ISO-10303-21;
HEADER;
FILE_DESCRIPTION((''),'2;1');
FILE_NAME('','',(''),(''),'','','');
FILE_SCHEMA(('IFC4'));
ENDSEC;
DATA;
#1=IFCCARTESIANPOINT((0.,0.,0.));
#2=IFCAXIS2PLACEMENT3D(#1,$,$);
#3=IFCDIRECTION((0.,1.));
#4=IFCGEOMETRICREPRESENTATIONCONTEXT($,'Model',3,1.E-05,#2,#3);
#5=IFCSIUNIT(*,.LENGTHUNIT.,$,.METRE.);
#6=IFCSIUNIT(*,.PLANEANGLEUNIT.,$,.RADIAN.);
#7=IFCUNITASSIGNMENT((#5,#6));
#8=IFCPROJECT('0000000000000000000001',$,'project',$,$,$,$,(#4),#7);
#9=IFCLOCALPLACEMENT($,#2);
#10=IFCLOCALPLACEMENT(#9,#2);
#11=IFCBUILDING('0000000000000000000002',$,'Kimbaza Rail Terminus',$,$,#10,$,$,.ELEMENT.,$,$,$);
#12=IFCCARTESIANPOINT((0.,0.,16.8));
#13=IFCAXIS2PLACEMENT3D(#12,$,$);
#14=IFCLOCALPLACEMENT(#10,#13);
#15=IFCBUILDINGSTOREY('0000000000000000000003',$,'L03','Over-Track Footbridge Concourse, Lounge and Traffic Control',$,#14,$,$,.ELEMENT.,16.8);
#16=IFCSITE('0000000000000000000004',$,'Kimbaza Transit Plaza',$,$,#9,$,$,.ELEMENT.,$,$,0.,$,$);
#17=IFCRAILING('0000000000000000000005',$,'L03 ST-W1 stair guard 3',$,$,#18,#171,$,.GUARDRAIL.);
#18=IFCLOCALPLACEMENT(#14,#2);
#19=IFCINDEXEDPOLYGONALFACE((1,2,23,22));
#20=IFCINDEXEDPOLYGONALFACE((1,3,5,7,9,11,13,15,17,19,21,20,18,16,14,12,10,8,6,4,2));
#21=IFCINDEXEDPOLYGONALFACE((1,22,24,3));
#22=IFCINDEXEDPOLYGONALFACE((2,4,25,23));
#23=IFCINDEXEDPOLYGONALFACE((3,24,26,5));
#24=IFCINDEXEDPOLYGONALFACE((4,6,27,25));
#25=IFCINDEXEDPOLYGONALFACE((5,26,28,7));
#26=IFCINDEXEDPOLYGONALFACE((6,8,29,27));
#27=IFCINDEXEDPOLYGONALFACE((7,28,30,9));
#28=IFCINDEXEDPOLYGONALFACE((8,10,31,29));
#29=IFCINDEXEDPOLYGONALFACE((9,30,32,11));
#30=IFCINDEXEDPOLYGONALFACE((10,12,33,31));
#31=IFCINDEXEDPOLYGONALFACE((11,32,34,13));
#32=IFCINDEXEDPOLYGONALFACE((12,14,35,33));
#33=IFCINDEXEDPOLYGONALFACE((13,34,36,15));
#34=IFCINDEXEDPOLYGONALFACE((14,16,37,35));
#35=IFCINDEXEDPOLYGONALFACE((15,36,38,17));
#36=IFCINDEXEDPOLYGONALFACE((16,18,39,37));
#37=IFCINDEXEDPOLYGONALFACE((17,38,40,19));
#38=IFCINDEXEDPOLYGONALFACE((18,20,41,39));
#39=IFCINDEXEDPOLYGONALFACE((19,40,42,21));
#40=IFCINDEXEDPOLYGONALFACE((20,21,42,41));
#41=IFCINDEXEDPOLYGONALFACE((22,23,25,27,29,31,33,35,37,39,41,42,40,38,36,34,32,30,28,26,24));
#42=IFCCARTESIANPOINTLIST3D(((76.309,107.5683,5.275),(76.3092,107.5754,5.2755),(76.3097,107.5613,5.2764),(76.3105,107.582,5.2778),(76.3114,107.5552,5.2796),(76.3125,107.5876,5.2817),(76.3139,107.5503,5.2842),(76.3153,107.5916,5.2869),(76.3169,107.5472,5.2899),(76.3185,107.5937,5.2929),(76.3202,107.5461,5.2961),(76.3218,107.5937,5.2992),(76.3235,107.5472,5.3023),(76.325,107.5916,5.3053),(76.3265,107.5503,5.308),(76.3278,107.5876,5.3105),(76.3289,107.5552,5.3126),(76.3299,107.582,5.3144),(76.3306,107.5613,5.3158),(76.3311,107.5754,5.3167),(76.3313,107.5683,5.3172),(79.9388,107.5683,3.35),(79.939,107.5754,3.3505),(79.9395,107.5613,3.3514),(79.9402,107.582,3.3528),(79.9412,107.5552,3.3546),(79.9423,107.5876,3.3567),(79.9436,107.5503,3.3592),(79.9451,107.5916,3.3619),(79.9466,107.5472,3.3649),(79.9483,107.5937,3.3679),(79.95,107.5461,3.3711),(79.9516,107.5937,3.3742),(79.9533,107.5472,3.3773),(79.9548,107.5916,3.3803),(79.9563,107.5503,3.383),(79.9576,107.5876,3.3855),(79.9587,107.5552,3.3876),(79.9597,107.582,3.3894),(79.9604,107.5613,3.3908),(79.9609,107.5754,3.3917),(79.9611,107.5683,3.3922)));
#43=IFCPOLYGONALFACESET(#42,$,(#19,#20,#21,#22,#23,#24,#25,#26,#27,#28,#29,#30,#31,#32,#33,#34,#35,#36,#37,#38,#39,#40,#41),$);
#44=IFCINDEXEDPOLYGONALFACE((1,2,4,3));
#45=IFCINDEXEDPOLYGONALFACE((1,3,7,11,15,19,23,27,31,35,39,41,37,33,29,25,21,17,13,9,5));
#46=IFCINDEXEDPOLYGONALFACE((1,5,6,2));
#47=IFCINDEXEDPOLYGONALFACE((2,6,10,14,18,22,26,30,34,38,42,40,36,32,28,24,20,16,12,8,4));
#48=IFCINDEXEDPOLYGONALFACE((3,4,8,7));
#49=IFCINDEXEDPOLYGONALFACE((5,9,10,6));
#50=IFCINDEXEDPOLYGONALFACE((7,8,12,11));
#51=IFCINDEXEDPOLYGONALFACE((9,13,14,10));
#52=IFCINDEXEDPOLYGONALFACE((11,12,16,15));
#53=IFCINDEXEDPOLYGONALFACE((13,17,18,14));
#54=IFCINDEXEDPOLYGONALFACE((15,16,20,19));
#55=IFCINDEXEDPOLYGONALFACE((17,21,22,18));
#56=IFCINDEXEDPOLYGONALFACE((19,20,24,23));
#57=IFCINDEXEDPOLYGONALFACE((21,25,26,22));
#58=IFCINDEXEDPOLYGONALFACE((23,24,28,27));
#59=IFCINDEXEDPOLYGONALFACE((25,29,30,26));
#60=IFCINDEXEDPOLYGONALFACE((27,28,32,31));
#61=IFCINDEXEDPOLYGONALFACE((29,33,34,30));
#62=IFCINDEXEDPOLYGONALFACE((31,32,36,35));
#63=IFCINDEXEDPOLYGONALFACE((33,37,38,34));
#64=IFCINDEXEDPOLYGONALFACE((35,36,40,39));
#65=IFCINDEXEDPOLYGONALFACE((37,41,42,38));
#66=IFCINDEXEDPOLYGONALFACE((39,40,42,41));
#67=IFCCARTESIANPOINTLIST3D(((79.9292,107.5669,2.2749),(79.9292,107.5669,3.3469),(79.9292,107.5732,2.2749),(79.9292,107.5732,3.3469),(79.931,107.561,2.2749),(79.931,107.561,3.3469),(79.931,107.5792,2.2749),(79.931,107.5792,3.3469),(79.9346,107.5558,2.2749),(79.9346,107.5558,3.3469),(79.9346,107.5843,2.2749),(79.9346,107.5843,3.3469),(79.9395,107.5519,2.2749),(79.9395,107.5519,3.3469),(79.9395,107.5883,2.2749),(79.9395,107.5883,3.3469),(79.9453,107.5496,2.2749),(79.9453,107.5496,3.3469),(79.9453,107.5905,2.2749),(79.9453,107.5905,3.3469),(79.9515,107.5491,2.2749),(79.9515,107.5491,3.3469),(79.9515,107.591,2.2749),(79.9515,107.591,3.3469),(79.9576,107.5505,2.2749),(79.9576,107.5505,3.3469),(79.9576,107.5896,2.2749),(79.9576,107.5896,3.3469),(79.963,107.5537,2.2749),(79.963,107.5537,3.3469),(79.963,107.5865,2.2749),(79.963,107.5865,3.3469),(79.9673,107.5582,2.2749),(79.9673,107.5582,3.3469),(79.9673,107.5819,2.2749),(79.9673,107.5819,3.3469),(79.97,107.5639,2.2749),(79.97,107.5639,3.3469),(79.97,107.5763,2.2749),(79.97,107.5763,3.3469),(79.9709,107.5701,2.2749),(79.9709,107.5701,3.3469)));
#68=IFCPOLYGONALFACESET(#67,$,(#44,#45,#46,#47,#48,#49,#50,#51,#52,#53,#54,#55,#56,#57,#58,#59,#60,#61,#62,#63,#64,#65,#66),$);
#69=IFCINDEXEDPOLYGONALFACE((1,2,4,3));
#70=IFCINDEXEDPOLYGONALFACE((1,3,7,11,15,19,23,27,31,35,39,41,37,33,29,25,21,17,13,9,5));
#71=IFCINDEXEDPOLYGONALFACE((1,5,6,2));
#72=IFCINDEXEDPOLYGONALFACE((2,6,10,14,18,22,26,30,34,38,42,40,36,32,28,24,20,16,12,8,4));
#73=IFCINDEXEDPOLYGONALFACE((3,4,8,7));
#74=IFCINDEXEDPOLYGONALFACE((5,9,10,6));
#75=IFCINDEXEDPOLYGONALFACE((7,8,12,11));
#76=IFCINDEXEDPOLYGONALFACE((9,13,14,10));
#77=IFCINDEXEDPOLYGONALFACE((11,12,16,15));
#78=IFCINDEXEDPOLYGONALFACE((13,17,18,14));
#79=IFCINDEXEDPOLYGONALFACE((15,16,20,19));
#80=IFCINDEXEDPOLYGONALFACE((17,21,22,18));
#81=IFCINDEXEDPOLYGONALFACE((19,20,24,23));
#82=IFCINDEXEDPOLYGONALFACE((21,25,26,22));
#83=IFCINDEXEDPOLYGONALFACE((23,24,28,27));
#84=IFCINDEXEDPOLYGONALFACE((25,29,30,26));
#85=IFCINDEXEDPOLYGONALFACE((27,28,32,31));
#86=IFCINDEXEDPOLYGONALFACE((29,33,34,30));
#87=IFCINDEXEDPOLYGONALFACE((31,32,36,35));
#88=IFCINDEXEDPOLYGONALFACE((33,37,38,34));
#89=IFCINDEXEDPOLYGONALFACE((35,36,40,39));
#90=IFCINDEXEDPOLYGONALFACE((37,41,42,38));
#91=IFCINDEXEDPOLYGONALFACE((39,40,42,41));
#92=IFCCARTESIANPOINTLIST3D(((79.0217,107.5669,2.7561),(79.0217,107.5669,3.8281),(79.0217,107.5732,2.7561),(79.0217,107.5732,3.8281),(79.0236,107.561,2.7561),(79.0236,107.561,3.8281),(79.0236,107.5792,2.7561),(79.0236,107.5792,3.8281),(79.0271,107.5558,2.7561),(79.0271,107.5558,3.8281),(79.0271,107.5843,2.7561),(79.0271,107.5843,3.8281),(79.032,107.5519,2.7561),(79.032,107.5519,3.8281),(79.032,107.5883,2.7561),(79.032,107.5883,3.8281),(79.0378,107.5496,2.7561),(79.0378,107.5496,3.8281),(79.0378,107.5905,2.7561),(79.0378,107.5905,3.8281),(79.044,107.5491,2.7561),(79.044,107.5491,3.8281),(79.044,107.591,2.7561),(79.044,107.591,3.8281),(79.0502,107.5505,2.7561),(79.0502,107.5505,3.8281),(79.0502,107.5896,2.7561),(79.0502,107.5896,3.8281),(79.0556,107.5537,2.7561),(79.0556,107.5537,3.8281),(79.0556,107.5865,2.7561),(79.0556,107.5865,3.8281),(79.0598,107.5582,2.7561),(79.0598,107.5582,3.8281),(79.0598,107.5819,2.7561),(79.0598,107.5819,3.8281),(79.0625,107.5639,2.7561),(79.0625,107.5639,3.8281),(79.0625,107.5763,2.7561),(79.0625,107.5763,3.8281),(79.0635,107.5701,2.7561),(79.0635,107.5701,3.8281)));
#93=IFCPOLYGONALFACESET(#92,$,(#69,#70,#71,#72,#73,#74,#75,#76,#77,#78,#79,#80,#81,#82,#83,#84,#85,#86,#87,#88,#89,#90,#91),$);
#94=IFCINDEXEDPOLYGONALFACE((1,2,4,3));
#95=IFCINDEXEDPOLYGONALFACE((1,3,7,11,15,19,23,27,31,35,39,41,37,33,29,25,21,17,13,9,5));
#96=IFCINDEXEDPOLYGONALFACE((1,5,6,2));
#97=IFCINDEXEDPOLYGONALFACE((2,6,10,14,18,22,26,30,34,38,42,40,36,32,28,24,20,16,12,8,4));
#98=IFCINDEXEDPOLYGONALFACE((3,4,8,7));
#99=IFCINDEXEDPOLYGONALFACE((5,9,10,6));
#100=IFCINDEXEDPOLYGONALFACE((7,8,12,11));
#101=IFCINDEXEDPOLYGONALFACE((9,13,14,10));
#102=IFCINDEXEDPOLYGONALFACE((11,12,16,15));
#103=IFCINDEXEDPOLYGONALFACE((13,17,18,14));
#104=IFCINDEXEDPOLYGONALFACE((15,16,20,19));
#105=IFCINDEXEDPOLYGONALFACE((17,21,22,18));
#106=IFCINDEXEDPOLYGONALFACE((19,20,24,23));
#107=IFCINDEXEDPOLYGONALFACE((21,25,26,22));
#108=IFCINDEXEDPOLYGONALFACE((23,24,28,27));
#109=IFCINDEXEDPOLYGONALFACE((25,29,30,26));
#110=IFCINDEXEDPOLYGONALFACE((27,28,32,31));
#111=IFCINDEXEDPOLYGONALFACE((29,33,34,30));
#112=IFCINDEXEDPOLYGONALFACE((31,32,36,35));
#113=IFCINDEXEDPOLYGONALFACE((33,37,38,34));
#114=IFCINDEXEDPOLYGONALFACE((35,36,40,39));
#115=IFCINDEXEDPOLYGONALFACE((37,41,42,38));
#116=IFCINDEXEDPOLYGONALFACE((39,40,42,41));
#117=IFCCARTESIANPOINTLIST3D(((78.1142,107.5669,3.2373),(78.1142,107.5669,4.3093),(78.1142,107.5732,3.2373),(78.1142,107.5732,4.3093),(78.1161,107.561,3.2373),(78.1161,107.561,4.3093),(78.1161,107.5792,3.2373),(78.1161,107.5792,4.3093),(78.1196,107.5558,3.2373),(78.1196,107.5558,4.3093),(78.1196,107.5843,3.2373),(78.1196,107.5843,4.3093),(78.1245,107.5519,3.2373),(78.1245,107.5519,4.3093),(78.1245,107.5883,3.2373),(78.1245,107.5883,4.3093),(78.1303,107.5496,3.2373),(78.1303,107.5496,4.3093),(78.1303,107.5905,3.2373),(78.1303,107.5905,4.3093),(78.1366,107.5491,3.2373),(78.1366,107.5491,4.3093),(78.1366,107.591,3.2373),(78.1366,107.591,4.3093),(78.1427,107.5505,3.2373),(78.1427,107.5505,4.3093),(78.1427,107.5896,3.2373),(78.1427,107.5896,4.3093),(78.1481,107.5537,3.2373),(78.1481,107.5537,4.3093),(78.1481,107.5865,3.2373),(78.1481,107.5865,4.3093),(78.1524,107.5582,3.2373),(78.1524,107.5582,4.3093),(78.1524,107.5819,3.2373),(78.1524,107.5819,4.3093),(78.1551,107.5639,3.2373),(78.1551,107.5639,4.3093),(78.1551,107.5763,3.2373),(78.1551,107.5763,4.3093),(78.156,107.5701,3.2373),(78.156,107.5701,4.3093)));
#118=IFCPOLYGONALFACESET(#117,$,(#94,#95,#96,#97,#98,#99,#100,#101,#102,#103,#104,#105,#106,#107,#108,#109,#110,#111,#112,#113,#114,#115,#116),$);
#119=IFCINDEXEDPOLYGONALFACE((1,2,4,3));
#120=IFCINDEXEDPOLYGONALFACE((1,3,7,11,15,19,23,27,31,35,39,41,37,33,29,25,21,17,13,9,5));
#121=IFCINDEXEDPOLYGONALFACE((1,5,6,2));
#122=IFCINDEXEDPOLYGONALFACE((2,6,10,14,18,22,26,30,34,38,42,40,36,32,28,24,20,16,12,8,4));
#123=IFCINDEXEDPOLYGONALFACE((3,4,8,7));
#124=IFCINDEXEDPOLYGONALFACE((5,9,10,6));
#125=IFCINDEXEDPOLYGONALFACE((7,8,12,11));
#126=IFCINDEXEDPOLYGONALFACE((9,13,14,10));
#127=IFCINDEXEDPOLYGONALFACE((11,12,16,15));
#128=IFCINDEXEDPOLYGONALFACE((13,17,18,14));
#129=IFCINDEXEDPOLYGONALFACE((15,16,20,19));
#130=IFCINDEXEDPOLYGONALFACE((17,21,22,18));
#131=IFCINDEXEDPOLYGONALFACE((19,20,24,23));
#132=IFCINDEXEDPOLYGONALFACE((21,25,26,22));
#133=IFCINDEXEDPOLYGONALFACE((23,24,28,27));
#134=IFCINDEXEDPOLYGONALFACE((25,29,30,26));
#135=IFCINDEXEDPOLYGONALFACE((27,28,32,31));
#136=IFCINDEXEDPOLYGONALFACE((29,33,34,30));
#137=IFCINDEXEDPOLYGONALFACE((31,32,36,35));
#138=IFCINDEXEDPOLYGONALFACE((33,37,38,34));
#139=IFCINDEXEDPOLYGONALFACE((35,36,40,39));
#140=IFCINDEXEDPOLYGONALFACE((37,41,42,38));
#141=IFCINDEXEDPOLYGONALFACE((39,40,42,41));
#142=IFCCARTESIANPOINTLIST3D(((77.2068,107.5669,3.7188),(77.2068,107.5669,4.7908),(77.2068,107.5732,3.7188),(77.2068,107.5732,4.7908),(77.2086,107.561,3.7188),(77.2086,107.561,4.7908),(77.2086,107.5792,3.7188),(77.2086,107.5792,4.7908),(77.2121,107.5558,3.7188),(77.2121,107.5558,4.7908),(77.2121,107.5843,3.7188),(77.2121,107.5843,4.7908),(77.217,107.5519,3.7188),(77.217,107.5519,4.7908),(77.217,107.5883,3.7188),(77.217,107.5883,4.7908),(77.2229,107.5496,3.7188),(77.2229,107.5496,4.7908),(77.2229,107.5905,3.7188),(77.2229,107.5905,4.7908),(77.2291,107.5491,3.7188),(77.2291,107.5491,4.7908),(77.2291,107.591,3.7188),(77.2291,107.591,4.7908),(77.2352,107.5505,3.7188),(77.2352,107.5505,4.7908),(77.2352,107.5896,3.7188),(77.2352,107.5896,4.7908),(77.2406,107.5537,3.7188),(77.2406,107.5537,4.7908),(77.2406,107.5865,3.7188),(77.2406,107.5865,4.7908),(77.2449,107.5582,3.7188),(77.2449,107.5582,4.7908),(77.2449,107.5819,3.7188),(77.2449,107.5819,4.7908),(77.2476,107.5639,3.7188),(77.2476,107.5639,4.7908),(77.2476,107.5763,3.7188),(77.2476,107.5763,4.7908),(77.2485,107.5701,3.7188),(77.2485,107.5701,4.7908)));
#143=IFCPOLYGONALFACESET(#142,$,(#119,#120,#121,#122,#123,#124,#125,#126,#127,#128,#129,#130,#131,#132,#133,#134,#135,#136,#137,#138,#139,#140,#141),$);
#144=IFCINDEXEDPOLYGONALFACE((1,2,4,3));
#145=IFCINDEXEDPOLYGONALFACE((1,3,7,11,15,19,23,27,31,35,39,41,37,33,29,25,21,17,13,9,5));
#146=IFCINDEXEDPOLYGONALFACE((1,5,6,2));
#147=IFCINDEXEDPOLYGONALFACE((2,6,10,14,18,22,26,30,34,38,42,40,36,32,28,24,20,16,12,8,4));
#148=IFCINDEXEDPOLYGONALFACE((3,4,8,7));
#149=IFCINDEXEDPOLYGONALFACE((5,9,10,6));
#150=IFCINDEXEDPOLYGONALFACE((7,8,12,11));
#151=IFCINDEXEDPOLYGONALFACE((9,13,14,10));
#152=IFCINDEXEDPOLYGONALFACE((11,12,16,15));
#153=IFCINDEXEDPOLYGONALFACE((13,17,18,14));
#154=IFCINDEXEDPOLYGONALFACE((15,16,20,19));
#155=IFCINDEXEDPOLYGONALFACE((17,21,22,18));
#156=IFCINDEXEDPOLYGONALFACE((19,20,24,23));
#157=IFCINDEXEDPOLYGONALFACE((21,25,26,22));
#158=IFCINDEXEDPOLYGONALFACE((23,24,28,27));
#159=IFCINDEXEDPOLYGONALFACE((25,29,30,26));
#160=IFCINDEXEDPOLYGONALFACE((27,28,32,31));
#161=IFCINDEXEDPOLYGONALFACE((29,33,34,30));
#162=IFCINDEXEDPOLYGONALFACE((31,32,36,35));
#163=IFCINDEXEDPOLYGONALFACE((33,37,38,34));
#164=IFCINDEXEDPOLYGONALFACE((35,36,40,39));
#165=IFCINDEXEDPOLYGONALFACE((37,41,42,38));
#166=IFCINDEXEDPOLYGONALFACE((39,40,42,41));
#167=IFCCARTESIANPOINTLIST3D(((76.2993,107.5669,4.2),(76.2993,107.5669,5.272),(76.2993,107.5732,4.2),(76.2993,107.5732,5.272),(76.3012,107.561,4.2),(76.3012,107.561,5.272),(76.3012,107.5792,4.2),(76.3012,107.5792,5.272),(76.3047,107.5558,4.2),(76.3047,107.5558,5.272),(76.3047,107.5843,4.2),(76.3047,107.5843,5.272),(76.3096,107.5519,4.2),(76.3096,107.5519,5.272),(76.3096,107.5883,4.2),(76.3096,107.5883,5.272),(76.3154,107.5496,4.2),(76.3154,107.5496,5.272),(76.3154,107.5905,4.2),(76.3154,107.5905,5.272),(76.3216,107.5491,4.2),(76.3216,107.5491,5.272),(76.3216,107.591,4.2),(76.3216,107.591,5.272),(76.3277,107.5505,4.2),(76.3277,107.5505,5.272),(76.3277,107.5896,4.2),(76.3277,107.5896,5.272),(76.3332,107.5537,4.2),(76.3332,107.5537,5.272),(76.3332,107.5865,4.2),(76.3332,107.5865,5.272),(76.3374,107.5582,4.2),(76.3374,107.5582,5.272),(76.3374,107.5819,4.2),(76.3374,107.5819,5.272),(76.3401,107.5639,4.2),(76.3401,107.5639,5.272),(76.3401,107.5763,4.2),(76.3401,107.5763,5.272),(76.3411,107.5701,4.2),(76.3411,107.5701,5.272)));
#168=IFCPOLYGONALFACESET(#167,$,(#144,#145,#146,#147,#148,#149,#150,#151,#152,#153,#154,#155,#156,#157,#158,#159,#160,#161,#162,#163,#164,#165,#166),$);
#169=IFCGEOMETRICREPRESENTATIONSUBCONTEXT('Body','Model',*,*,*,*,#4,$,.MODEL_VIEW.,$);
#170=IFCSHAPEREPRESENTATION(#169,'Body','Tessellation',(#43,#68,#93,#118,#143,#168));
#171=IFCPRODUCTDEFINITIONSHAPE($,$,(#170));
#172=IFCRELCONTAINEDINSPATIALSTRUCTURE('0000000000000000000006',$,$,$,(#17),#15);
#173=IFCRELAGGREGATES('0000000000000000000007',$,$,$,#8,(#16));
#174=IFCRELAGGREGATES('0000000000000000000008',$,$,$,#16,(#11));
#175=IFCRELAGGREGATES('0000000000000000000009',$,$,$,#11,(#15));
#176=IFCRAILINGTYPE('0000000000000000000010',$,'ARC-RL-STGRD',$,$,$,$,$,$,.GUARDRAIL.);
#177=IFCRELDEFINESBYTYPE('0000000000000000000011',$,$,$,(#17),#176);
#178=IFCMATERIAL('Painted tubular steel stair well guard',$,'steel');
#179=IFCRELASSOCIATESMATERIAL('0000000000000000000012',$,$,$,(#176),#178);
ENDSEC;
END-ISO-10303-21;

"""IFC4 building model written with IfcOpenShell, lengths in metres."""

from ifc_helpers import new_model, si_unit, direction, frame, origin, origin_2d, place, context, subcontext, project, spatial, circle, extrude, material, type_object, element, save


model = new_model("IFC4")

# Units and contexts
model_context = context("Model", 3, precision=1e-05, world=origin(), true_north=direction((0.0, 1.0)))
body_context = subcontext(model_context, "Body", "Model", "MODEL_VIEW")
ifc_project = project(units=[si_unit("LENGTHUNIT", "METRE"), si_unit("PLANEANGLEUNIT", "RADIAN")], contexts=[model_context])

# Site, building, storey
site_placement = place(None, origin())
site = spatial("IfcSite", under=ifc_project, at=site_placement, Name="Kimbaza Transit Plaza", CompositionType="ELEMENT", RefElevation=0.0)
building_placement = place(site_placement, origin())
building = spatial("IfcBuilding", under=site, at=building_placement, Name="Kimbaza Rail Terminus", CompositionType="ELEMENT")
storey_placement = place(building_placement, frame((0.0, 0.0, 16.8)))
storey = spatial("IfcBuildingStorey", under=building, at=storey_placement, Name="L03", Description="Over-Track Footbridge Concourse, Lounge and Traffic Control", CompositionType="ELEMENT", Elevation=16.8)

# Railing
ifc_material_1 = material(Name="Painted tubular steel stair well guard", Category="steel")
railing_type_1 = type_object("IfcRailingType", Name="ARC-RL-STGRD", PredefinedType="GUARDRAIL", material=ifc_material_1)
railing_1_placement = place(storey_placement, frame((79.95, 107.5701, 2.2749)))
element("IfcRailing", 1, at=railing_1_placement, inside=storey, type_object=railing_type_1, Name="L03 ST-W1 stair guard 3", PredefinedType="GUARDRAIL", context=body_context, shape_type="SweptSolid", body=[
    extrude(circle(Radius=0.0239, at=origin_2d()), frame((0.0, 0.0, 1.0962), z_axis=(-0.883451, 0.0, 0.468524), x_axis=(0.0, -1.0, 0.0)), (0.0, 0.0, 1.0), 4.1086),
    extrude(circle(Radius=0.021, at=origin_2d()), origin(), (0.0, 0.0, 1.0), 1.072),
    extrude(circle(Radius=0.021, at=origin_2d()), frame((-0.9075, 0.0, 0.4812)), (0.0, 0.0, 1.0), 1.072),
    extrude(circle(Radius=0.021, at=origin_2d()), frame((-1.8149, 0.0, 0.9624)), (0.0, 0.0, 1.0), 1.072),
    extrude(circle(Radius=0.021, at=origin_2d()), frame((-2.7224, 0.0, 1.4438)), (0.0, 0.0, 1.0), 1.072),
    extrude(circle(Radius=0.021, at=origin_2d()), frame((-3.6299, 0.0, 1.925)), (0.0, 0.0, 1.0), 1.072),
])

save(model, "model.ifc")
